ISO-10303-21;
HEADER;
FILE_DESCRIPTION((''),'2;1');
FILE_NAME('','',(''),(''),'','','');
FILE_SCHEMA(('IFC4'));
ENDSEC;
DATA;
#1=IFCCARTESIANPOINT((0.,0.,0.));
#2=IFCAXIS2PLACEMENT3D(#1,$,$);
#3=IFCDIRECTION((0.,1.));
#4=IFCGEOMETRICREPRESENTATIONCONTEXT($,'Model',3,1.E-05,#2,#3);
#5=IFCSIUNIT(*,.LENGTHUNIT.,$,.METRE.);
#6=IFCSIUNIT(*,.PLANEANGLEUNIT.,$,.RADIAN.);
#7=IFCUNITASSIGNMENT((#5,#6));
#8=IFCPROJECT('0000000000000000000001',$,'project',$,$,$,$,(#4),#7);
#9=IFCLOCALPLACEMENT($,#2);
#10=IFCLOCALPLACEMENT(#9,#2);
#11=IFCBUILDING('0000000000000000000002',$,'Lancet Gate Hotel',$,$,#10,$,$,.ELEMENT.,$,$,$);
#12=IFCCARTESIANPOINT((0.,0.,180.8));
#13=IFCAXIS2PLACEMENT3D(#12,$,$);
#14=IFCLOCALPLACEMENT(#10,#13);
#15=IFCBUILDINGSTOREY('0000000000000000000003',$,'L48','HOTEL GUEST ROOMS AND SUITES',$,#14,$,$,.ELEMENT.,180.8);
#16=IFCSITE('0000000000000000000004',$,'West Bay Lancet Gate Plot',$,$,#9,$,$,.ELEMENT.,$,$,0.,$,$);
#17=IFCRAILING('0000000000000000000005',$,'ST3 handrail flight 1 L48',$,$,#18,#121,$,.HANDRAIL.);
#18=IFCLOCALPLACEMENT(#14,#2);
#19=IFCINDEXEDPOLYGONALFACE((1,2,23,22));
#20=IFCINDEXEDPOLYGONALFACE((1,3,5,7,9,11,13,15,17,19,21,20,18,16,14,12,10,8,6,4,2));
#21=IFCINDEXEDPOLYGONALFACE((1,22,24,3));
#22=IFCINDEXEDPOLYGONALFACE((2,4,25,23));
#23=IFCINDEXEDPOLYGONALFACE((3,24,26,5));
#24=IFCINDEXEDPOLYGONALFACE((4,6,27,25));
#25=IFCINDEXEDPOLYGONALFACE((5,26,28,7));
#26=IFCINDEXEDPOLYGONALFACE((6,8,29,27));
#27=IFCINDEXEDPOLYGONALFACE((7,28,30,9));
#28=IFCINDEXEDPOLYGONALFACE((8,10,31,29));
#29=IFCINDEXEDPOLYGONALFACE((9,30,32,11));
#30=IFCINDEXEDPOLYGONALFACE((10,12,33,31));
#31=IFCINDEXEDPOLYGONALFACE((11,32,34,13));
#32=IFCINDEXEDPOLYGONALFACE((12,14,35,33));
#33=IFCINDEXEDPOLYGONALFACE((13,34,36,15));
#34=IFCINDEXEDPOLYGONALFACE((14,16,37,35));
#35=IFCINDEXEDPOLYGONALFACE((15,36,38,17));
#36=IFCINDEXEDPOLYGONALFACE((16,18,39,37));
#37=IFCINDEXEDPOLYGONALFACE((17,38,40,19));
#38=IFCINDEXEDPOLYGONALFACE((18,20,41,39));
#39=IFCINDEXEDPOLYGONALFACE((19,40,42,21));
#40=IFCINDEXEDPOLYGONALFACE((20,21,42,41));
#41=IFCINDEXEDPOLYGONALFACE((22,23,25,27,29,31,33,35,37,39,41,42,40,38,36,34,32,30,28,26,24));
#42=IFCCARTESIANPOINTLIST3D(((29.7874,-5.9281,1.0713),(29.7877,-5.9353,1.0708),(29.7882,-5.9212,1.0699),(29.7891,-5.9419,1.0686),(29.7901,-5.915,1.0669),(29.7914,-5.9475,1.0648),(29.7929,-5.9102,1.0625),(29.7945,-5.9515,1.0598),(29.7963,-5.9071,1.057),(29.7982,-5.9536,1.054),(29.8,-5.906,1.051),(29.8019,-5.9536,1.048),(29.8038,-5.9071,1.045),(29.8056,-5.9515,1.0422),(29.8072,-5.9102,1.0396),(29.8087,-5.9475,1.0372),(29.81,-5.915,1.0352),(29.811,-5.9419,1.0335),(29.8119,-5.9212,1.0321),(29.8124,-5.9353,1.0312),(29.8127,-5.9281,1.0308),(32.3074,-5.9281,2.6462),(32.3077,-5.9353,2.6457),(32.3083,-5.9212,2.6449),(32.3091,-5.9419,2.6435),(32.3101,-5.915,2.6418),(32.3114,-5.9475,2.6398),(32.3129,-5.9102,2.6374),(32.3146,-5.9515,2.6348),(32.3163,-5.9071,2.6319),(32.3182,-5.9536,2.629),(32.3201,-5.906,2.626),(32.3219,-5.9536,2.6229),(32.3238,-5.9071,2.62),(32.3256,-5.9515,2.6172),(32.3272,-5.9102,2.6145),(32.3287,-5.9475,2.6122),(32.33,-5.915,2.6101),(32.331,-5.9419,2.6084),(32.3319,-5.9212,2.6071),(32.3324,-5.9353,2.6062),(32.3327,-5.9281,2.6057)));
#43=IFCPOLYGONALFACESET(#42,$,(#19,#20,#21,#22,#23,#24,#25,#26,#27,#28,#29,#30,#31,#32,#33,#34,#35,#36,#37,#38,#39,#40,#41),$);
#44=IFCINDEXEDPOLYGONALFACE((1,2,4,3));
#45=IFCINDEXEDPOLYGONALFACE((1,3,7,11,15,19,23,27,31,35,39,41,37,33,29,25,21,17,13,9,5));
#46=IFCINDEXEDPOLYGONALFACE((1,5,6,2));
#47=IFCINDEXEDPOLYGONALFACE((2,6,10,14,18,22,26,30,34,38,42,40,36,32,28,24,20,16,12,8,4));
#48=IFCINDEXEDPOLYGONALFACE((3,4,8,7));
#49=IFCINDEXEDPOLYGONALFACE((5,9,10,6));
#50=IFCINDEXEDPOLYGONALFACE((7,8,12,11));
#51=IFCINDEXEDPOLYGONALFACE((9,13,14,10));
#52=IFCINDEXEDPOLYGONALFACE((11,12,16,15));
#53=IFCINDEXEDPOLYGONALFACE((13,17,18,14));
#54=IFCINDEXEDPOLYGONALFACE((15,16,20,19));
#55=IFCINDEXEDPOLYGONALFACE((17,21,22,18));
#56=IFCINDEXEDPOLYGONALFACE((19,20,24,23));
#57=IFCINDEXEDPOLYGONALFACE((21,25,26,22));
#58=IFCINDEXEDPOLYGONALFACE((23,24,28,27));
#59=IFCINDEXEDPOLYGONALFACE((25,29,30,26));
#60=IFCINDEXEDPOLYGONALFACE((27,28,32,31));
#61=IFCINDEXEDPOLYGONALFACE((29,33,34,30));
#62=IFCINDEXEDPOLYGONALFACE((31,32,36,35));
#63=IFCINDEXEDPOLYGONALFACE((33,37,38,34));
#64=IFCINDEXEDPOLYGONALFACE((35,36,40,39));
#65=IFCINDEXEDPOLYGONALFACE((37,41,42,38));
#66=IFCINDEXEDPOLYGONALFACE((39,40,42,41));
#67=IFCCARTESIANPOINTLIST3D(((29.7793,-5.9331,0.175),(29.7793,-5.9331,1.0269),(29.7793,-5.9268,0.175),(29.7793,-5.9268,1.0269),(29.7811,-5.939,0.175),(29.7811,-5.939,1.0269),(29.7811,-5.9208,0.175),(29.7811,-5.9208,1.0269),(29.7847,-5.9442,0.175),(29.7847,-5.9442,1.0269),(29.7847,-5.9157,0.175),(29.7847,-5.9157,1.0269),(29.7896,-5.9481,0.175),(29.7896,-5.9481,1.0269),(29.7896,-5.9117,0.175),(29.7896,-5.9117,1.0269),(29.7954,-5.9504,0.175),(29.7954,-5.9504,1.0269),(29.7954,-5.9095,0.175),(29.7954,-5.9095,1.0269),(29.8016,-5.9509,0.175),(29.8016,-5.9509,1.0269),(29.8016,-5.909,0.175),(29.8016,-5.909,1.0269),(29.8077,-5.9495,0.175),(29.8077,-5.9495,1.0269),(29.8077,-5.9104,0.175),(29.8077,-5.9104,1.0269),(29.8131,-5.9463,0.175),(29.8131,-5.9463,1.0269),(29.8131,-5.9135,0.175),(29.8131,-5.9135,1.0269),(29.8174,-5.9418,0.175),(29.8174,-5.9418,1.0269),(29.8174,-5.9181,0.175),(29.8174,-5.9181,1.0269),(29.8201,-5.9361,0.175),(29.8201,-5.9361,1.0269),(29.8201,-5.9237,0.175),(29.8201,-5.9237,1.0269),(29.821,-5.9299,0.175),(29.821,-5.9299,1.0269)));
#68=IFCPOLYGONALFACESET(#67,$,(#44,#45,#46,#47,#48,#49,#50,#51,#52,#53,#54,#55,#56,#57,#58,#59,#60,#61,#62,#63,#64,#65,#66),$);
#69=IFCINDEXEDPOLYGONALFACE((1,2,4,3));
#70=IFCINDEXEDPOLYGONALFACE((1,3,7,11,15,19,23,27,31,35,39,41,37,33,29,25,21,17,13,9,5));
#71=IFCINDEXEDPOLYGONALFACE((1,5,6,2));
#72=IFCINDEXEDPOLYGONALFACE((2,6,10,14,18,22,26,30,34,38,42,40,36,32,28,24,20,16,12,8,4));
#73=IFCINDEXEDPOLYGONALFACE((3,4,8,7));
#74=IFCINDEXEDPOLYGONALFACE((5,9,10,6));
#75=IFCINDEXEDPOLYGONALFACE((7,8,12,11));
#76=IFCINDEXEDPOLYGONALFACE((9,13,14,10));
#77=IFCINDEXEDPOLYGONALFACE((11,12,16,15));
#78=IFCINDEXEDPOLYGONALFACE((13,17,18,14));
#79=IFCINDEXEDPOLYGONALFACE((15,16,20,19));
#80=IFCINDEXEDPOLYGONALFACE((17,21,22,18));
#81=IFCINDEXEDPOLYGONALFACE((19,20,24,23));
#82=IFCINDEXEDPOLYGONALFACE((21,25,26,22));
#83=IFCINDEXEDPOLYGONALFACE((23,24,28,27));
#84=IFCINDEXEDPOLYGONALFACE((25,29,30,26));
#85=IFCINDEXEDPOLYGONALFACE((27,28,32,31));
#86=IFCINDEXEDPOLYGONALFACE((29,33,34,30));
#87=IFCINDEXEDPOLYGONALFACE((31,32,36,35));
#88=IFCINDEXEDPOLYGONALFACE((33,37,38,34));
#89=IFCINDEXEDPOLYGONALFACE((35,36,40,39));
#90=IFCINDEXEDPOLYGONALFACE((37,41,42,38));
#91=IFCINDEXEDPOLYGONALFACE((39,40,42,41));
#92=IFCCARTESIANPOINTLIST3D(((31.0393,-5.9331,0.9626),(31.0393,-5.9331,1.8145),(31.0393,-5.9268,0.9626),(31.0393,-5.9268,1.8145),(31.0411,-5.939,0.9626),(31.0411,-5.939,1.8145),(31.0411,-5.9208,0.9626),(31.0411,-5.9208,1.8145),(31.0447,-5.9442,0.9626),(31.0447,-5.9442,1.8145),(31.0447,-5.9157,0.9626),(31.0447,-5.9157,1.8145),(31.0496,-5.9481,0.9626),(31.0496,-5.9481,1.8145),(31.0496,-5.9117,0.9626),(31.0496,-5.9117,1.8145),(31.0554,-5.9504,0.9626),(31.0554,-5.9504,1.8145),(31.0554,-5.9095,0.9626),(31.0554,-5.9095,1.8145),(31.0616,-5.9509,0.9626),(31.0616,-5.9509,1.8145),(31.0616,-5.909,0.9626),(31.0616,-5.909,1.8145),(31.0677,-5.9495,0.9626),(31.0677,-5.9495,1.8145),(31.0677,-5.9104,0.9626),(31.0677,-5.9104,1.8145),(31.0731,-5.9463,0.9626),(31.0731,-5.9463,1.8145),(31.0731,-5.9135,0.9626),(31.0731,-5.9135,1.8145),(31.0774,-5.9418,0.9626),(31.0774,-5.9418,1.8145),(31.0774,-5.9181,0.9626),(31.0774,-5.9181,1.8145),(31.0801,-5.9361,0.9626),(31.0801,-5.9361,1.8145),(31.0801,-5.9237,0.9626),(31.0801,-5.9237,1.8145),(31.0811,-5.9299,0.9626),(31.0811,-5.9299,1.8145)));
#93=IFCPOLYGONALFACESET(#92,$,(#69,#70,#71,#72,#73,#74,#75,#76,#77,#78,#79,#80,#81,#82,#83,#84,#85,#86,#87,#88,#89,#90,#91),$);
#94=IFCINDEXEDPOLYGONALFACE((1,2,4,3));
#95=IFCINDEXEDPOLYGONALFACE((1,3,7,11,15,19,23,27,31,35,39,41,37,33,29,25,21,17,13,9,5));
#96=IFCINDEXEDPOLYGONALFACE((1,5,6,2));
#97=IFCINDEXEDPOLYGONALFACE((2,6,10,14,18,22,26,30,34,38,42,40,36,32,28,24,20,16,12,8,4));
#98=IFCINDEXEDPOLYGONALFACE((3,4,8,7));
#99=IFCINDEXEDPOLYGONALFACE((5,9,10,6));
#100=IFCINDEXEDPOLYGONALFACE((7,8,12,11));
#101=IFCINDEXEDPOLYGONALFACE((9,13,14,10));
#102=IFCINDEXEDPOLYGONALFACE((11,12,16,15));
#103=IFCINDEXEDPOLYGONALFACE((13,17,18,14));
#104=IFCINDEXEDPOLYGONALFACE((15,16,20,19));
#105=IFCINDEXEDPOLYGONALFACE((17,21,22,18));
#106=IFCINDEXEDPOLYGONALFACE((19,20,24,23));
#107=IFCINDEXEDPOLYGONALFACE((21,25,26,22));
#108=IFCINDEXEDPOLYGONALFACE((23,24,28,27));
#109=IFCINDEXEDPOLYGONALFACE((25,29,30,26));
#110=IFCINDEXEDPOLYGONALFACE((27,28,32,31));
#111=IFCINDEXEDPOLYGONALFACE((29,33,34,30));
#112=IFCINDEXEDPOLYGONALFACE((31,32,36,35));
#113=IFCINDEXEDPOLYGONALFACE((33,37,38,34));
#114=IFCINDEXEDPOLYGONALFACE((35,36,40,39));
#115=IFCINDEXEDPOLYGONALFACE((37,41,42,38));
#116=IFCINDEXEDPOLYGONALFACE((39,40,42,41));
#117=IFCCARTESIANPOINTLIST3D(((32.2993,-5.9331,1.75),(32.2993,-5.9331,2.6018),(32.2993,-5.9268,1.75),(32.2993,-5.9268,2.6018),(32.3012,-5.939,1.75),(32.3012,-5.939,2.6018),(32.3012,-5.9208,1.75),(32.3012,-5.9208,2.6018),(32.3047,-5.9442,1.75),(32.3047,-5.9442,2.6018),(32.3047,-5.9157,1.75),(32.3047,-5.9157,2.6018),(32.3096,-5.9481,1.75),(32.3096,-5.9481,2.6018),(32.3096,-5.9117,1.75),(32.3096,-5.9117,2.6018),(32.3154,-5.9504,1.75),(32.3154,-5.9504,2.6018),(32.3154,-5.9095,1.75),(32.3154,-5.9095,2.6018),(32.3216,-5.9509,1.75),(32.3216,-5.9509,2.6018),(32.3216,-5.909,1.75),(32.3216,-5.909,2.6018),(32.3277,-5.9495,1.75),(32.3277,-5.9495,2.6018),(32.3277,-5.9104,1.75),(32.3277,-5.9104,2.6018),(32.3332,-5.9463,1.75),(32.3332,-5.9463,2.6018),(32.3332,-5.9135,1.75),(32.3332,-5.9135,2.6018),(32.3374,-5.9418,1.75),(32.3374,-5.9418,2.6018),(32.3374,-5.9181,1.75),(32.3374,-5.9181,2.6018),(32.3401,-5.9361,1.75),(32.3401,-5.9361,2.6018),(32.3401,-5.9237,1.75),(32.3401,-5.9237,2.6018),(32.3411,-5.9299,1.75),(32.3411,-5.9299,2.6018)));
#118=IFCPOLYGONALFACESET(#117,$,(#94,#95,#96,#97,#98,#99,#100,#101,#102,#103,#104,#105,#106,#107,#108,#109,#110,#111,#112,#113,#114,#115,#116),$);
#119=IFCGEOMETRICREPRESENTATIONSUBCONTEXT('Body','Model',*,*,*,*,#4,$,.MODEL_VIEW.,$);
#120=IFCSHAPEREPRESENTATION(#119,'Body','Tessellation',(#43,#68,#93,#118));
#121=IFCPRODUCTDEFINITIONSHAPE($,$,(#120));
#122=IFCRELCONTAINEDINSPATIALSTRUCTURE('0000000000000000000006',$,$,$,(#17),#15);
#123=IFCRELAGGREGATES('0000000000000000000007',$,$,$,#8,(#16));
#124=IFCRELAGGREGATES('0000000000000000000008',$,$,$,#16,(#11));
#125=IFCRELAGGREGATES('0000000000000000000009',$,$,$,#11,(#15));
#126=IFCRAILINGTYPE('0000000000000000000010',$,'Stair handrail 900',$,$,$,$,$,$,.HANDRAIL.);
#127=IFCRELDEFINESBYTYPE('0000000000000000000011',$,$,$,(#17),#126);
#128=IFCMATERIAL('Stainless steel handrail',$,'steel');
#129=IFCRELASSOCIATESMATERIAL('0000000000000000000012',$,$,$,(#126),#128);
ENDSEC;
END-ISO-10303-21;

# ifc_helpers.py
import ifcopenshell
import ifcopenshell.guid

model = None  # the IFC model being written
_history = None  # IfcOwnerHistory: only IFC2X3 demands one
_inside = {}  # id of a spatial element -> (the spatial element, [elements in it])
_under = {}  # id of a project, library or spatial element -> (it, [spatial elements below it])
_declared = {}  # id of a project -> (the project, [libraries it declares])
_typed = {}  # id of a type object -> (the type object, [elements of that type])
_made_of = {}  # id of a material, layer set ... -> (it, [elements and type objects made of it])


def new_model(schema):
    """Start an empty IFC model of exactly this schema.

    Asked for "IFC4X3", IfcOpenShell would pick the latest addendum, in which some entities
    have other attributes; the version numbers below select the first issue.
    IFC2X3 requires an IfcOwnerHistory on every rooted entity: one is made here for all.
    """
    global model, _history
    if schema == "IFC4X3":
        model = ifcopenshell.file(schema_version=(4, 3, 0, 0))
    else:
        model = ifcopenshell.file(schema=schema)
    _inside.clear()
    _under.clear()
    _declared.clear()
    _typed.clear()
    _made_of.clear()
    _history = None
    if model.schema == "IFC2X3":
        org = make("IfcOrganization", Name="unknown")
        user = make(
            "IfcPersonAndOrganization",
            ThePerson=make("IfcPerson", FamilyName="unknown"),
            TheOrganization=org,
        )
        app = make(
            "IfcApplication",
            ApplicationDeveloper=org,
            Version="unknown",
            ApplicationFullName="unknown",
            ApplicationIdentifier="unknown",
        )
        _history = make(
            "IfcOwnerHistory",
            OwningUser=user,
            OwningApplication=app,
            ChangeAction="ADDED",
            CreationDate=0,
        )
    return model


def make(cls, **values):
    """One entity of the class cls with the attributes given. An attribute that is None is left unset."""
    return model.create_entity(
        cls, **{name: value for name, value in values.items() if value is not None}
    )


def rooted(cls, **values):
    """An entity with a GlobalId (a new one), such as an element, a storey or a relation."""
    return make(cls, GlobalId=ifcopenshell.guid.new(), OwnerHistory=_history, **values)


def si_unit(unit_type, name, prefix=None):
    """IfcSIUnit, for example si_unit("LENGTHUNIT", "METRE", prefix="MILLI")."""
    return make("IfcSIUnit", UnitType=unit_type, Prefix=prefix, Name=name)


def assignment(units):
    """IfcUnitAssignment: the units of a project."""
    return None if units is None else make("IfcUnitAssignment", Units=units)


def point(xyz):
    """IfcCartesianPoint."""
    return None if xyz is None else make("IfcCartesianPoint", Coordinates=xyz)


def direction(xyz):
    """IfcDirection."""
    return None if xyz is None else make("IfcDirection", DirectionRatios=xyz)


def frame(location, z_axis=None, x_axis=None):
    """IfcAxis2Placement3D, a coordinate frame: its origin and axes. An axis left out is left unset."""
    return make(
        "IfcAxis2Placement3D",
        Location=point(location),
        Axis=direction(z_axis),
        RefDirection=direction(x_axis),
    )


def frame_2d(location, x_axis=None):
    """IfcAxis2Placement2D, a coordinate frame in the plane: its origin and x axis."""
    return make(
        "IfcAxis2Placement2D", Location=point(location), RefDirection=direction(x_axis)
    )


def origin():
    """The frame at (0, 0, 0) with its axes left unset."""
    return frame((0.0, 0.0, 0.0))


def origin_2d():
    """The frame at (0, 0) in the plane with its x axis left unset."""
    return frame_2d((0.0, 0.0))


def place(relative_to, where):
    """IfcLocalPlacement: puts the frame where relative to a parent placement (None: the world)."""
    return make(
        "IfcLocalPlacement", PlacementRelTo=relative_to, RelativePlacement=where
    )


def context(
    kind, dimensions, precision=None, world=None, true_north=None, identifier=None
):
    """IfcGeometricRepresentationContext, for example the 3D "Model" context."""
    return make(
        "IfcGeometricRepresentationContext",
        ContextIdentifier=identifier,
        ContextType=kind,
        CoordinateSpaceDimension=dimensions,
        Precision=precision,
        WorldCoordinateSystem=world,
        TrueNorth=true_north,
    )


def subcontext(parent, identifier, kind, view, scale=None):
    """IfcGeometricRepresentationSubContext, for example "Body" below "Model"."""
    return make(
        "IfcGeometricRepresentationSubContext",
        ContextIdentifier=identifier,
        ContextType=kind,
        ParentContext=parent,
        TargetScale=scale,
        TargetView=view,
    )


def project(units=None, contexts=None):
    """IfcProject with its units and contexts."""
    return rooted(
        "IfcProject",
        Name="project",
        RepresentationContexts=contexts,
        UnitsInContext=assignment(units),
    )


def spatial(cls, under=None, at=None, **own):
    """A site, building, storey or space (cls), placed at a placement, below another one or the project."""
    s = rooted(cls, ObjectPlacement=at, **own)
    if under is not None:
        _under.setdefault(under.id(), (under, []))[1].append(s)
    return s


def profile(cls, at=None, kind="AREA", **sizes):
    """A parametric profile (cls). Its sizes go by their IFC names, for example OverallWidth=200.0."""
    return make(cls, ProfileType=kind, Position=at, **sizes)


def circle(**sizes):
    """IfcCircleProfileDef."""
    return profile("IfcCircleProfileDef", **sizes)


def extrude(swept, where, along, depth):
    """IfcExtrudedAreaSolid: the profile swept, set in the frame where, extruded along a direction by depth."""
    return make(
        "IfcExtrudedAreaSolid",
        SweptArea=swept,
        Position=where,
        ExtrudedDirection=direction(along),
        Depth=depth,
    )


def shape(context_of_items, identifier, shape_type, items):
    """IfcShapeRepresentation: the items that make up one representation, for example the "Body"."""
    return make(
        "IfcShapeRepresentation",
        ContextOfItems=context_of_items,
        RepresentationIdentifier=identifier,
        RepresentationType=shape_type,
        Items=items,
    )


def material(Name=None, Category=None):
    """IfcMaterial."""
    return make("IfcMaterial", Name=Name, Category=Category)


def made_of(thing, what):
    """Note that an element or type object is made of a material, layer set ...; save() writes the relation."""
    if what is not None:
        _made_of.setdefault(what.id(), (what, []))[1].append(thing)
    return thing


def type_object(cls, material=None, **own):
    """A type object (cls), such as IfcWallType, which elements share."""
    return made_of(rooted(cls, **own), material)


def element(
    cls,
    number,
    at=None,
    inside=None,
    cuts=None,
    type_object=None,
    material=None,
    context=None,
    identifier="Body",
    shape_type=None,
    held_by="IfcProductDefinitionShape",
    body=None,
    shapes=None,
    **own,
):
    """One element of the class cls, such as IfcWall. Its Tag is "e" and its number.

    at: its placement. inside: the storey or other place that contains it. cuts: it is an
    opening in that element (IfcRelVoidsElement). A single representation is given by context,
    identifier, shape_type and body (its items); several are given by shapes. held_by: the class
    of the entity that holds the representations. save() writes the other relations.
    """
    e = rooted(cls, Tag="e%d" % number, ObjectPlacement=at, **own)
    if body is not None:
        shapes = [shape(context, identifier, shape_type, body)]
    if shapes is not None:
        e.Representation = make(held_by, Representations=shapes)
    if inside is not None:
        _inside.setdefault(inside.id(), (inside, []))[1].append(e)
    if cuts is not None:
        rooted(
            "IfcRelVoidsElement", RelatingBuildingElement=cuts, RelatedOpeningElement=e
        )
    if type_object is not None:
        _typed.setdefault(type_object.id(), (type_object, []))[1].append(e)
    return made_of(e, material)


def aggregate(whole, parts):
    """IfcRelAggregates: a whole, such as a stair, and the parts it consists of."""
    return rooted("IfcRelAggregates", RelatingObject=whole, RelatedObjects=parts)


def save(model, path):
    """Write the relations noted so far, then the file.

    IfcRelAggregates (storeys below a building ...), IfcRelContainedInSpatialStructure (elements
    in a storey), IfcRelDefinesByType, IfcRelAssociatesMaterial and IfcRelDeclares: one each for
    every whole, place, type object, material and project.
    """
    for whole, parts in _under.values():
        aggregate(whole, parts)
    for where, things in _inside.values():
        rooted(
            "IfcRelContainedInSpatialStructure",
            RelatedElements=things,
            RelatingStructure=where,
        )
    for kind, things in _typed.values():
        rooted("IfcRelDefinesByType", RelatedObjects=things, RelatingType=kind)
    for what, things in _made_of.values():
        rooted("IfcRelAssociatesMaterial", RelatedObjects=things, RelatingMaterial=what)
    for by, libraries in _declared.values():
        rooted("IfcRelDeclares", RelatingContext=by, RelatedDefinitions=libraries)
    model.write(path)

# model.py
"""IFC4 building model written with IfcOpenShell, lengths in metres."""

from ifc_helpers import new_model, si_unit, direction, frame, origin, origin_2d, place, context, subcontext, project, spatial, circle, extrude, material, type_object, element, save


model = new_model("IFC4")

# Units and contexts
model_context = context("Model", 3, precision=1e-05, world=origin(), true_north=direction((0.0, 1.0)))
body_context = subcontext(model_context, "Body", "Model", "MODEL_VIEW")
ifc_project = project(units=[si_unit("LENGTHUNIT", "METRE"), si_unit("PLANEANGLEUNIT", "RADIAN")], contexts=[model_context])

# Site, building, storey
site_placement = place(None, origin())
site = spatial("IfcSite", under=ifc_project, at=site_placement, Name="West Bay Lancet Gate Plot", CompositionType="ELEMENT", RefElevation=0.0)
building_placement = place(site_placement, origin())
building = spatial("IfcBuilding", under=site, at=building_placement, Name="Lancet Gate Hotel", CompositionType="ELEMENT")
storey_placement = place(building_placement, frame((0.0, 0.0, 180.8)))
storey = spatial("IfcBuildingStorey", under=building, at=storey_placement, Name="L48", Description="HOTEL GUEST ROOMS AND SUITES", CompositionType="ELEMENT", Elevation=180.8)

# Railing
ifc_material_1 = material(Name="Stainless steel handrail", Category="steel")
railing_type = type_object("IfcRailingType", Name="Stair handrail 900", PredefinedType="HANDRAIL", material=ifc_material_1)
railing_1_placement = place(storey_placement, frame((29.8, -5.9299, 0.175)))
element("IfcRailing", 1, at=railing_1_placement, inside=storey, type_object=railing_type, Name="ST3 handrail flight 1 L48", PredefinedType="HANDRAIL", context=body_context, shape_type="SweptSolid", body=[
    extrude(circle(Radius=0.0239, at=origin_2d()), frame((0.0, 0.0, 0.876), z_axis=(0.848008, 0.0, 0.529984), x_axis=(0.0, 1.0, 0.0)), (0.0, 0.0, 1.0), 2.9717),
    extrude(circle(Radius=0.021, at=origin_2d()), origin(), (0.0, 0.0, 1.0), 0.8518),
    extrude(circle(Radius=0.021, at=origin_2d()), frame((1.26, 0.0, 0.7876)), (0.0, 0.0, 1.0), 0.8518),
    extrude(circle(Radius=0.021, at=origin_2d()), frame((2.52, 0.0, 1.575)), (0.0, 0.0, 1.0), 0.8518),
])

save(model, "model.ifc")
